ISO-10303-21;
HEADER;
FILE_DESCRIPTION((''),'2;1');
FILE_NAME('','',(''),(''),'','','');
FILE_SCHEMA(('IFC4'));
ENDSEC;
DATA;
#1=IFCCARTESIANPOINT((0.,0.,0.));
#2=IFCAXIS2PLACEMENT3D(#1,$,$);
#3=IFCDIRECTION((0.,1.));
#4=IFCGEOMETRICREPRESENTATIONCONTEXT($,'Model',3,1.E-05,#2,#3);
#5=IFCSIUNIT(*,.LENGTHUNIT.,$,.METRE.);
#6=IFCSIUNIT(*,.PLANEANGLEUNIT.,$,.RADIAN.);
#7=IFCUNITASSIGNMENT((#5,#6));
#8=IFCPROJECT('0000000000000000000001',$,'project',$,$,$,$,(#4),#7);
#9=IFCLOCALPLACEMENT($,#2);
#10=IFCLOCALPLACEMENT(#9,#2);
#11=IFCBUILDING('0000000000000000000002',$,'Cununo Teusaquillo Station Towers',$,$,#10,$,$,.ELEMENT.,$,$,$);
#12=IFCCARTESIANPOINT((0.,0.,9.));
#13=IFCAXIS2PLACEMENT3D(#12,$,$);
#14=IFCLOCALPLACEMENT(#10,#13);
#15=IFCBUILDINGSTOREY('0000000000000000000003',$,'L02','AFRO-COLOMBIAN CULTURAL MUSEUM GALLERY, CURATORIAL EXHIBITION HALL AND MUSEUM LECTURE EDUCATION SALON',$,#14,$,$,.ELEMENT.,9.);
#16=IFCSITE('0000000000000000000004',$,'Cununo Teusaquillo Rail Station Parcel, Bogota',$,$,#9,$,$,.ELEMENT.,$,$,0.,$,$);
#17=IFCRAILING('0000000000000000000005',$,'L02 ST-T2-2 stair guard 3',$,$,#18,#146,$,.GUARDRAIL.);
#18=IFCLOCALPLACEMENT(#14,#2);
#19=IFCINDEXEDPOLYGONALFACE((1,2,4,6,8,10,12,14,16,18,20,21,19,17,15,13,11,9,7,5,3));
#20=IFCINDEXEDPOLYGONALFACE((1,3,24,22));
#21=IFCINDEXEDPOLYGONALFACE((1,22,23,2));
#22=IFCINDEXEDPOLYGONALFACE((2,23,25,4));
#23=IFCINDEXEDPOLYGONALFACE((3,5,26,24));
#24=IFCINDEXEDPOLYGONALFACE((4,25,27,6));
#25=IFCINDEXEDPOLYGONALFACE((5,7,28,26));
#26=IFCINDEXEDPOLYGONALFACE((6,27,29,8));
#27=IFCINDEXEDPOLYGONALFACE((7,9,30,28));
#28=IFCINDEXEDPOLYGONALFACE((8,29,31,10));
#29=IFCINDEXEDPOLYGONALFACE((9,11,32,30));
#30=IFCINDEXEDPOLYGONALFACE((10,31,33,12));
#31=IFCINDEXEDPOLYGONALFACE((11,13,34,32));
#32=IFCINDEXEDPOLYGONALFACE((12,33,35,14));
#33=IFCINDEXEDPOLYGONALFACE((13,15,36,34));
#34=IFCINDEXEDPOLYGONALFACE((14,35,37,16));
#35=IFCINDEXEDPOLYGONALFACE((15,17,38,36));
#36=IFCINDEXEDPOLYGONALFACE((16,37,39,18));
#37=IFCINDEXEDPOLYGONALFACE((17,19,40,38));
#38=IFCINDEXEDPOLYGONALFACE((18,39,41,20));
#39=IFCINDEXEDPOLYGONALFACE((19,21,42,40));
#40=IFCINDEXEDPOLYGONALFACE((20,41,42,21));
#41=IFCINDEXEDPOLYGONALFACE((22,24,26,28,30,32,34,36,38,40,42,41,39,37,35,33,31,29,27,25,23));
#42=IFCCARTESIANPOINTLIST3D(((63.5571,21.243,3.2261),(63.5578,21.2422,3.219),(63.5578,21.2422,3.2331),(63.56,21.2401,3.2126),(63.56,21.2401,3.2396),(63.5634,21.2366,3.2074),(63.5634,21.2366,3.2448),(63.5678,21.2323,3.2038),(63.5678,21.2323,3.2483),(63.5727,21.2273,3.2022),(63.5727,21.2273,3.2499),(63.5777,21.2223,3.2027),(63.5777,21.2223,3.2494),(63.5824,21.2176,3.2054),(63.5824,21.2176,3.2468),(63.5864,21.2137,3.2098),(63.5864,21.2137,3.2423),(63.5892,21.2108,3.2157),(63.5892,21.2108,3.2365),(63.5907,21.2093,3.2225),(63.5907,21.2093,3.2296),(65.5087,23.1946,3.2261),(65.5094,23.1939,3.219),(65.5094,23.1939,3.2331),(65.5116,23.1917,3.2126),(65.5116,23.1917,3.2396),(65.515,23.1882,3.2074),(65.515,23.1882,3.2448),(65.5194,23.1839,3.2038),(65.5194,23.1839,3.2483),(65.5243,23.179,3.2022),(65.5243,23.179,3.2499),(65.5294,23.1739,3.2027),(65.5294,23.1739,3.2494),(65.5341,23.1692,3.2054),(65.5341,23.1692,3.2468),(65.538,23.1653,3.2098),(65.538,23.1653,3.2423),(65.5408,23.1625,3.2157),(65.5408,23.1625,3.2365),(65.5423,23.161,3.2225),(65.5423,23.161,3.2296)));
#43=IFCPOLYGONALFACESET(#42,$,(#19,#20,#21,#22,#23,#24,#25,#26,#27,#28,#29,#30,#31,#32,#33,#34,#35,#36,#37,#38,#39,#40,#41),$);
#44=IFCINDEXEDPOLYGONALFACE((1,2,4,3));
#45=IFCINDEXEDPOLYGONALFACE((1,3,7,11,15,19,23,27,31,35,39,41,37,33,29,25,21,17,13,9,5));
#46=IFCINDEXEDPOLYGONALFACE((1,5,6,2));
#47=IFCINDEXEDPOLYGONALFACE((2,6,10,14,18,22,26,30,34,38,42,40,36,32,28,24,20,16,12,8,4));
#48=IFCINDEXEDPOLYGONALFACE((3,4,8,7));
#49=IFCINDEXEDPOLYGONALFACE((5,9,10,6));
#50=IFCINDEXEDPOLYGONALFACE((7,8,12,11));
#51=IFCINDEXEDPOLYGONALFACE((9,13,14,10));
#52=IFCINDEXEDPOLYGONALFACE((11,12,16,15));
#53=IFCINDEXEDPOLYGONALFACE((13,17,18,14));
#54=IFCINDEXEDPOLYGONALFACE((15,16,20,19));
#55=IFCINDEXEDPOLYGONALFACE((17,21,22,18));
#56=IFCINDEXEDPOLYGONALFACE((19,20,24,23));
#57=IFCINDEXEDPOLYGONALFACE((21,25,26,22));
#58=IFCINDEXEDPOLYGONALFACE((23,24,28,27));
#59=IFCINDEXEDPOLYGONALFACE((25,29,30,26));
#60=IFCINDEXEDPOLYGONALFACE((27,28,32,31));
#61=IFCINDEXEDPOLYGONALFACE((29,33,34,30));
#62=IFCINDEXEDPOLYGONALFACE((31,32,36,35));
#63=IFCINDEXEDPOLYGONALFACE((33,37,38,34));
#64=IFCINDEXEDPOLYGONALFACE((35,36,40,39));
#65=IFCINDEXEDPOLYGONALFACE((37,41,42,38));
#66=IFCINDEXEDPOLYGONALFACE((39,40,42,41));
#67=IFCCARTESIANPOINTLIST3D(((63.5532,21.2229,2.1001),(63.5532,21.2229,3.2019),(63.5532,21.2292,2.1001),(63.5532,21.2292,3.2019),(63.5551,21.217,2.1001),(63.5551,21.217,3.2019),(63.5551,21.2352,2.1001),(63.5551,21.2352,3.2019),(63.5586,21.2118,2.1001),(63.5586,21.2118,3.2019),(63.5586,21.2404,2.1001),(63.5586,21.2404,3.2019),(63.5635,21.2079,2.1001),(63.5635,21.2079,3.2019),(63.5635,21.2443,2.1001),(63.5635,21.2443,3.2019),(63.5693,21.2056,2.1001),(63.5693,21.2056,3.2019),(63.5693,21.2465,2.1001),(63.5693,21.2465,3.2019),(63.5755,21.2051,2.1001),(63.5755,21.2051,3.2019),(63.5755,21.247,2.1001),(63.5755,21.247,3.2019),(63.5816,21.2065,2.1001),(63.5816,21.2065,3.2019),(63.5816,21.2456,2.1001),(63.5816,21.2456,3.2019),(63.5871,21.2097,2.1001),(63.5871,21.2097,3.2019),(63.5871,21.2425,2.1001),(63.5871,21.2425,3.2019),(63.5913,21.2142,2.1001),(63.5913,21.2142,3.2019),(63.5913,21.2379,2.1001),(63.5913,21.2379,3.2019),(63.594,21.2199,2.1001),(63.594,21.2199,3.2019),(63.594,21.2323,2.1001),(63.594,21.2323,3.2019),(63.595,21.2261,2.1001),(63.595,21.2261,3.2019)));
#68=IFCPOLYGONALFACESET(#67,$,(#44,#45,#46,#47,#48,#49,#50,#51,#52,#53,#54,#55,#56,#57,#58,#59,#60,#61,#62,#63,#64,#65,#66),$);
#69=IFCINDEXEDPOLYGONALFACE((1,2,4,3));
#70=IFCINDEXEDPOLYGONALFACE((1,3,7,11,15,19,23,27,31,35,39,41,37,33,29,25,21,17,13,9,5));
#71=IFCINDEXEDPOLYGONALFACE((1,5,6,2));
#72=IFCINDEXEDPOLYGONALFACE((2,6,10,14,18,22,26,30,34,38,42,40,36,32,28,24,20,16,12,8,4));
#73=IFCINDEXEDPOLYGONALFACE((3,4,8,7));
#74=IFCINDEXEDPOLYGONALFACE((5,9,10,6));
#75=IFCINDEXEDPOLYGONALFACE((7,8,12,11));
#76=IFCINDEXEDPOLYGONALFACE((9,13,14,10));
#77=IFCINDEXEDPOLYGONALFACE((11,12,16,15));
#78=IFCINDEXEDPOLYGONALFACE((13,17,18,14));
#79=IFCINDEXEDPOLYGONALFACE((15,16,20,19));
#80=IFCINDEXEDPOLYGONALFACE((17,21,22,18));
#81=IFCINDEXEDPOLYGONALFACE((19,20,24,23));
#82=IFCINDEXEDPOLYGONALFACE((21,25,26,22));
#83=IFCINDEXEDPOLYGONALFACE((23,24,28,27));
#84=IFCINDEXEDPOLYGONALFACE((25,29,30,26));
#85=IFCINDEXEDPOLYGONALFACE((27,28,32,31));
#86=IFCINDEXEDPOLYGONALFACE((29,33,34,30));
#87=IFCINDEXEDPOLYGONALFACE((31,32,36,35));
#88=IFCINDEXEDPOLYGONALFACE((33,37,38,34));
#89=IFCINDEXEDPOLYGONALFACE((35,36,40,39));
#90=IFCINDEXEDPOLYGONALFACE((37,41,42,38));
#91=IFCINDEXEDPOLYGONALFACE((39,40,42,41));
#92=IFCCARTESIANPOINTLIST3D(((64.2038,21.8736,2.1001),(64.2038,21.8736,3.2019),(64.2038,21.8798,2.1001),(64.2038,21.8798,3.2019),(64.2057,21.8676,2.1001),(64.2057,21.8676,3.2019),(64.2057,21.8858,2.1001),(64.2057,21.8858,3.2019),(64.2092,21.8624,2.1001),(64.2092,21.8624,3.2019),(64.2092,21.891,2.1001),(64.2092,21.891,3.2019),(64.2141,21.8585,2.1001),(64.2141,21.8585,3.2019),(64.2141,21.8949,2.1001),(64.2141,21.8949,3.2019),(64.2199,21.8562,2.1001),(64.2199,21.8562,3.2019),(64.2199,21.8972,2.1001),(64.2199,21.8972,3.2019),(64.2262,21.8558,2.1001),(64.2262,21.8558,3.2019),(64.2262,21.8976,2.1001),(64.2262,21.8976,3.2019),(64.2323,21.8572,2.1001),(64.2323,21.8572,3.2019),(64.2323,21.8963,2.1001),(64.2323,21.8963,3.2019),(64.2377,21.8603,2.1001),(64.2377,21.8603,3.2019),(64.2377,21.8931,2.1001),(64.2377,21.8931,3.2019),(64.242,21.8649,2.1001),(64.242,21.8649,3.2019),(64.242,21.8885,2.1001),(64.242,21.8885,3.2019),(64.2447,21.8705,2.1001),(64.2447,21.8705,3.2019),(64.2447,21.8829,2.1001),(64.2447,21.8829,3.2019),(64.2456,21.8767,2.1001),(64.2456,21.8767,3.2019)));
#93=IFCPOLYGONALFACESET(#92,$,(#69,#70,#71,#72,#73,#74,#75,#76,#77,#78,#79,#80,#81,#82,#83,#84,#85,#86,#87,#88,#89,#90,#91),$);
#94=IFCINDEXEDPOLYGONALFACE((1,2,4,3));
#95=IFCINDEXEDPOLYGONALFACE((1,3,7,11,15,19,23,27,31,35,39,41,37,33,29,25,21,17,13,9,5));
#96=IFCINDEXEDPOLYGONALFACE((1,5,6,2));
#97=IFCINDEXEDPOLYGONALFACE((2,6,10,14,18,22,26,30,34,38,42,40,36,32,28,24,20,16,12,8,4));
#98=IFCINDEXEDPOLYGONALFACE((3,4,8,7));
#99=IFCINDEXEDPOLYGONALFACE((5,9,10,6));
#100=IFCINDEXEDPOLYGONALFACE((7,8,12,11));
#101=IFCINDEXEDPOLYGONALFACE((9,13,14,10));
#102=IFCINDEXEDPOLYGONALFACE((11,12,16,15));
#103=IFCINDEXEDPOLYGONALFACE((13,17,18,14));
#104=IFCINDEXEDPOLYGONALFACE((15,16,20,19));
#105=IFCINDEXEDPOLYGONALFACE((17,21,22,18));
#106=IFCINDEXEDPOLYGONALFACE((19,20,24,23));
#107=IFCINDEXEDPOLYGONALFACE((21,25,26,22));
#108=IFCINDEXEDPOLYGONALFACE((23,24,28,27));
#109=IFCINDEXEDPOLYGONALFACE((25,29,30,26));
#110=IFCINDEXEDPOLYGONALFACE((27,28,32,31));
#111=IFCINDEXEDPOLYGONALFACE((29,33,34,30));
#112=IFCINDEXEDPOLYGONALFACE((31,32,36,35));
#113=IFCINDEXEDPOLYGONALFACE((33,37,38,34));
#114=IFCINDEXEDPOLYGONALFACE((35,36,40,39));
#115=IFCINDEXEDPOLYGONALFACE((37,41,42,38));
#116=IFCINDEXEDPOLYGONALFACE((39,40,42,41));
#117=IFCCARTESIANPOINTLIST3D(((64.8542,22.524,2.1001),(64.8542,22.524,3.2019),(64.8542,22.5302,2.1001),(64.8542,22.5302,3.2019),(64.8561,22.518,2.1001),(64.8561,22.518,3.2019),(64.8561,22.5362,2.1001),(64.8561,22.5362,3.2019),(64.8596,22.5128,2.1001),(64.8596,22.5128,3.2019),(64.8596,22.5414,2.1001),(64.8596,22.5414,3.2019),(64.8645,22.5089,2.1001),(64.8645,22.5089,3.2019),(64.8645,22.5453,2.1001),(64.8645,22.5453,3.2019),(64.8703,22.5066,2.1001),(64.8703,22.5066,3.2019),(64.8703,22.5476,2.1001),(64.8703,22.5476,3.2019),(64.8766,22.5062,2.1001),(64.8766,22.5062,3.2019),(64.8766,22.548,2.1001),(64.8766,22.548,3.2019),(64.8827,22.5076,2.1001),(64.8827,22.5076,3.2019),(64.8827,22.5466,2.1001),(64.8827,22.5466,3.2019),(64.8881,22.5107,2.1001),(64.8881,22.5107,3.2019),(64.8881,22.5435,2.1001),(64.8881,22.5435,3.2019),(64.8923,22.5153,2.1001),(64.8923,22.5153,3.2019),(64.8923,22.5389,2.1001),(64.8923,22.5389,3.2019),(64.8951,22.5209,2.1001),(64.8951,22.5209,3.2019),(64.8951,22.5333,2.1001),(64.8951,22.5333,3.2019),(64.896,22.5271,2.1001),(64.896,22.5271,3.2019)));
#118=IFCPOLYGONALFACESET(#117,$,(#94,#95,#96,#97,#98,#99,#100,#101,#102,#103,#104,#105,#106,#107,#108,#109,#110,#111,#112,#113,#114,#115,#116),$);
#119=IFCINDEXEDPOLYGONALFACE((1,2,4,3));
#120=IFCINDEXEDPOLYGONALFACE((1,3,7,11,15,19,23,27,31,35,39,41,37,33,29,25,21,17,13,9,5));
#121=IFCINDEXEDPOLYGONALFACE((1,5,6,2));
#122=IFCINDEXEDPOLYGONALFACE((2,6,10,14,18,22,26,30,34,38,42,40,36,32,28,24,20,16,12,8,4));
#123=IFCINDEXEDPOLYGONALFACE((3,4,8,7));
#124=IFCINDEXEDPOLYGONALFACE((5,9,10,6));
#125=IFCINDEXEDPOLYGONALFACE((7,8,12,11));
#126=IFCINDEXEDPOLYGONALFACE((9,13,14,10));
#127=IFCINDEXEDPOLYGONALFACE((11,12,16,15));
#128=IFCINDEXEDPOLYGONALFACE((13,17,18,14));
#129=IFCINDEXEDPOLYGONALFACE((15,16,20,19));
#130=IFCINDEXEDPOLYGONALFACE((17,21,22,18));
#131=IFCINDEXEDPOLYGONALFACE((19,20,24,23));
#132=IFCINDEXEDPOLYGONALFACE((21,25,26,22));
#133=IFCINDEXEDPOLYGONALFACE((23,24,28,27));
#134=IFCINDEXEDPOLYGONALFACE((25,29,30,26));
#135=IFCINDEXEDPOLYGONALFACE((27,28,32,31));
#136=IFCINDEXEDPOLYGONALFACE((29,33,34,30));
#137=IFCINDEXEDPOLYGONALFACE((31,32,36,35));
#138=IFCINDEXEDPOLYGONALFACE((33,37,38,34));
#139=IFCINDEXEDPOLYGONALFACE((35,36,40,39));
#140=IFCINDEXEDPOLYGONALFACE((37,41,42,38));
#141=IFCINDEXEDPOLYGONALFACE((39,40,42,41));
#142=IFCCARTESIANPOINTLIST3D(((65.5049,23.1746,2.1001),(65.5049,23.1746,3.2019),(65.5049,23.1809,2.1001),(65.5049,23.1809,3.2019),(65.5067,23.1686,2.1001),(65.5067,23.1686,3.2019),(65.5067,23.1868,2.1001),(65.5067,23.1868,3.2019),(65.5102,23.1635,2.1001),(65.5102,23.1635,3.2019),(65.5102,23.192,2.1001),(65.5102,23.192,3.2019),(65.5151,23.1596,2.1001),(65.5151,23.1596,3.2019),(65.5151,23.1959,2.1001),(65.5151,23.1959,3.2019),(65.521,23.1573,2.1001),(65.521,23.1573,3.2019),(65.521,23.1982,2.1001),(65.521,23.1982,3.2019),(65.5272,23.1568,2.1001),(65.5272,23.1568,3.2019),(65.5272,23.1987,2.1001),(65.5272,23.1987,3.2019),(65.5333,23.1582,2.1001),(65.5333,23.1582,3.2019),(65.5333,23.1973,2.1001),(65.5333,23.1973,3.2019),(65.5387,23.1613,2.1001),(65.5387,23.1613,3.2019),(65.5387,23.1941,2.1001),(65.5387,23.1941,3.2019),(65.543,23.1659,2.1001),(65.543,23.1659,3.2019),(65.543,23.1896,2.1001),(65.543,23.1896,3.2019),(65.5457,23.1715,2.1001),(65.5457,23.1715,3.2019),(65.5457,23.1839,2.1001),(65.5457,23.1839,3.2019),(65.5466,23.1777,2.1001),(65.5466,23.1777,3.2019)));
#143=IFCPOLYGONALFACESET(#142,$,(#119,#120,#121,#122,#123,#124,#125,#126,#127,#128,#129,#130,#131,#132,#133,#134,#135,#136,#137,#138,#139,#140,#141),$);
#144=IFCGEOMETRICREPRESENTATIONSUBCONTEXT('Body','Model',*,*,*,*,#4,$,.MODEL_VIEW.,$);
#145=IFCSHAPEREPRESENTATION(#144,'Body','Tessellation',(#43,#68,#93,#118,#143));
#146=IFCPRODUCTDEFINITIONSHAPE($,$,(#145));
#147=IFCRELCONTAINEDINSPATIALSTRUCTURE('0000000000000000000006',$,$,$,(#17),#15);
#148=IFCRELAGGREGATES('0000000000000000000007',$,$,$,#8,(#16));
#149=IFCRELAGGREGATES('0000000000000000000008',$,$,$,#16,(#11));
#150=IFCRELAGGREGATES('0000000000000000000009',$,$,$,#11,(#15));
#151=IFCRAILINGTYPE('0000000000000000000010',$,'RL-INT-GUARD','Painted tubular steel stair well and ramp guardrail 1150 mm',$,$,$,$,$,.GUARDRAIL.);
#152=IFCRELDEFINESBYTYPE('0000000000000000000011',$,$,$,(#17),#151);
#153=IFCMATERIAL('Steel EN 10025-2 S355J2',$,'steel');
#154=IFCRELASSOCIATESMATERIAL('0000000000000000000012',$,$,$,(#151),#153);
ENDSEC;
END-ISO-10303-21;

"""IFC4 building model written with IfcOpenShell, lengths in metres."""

from ifc_helpers import new_model, si_unit, direction, frame, origin, origin_2d, place, context, subcontext, project, spatial, circle, extrude, material, type_object, element, save


model = new_model("IFC4")

# Units and contexts
model_context = context("Model", 3, precision=1e-05, world=origin(), true_north=direction((0.0, 1.0)))
body_context = subcontext(model_context, "Body", "Model", "MODEL_VIEW")
ifc_project = project(units=[si_unit("LENGTHUNIT", "METRE"), si_unit("PLANEANGLEUNIT", "RADIAN")], contexts=[model_context])

# Site, building, storey
site_placement = place(None, origin())
site = spatial("IfcSite", under=ifc_project, at=site_placement, Name="Cununo Teusaquillo Rail Station Parcel, Bogota", CompositionType="ELEMENT", RefElevation=0.0)
building_placement = place(site_placement, origin())
building = spatial("IfcBuilding", under=site, at=building_placement, Name="Cununo Teusaquillo Station Towers", CompositionType="ELEMENT")
storey_placement = place(building_placement, frame((0.0, 0.0, 9.0)))
storey = spatial("IfcBuildingStorey", under=building, at=storey_placement, Name="L02", Description="AFRO-COLOMBIAN CULTURAL MUSEUM GALLERY, CURATORIAL EXHIBITION HALL AND MUSEUM LECTURE EDUCATION SALON", CompositionType="ELEMENT", Elevation=9.0)

# Railing
ifc_material_1 = material(Name="Steel EN 10025-2 S355J2", Category="steel")
railing_type_1 = type_object("IfcRailingType", Name="RL-INT-GUARD", Description="Painted tubular steel stair well and ramp guardrail 1150 mm", PredefinedType="GUARDRAIL", material=ifc_material_1)
railing_1_placement = place(storey_placement, frame((63.574, 21.2261, 2.1001)))
element("IfcRailing", 1, at=railing_1_placement, inside=storey, type_object=railing_type_1, Name="L02 ST-T2-2 stair guard 3", PredefinedType="GUARDRAIL", context=body_context, shape_type="SweptSolid", body=[
    extrude(circle(Radius=0.0239, at=origin_2d()), frame((0.0, 0.0, 1.126), z_axis=(0.707107, 0.707107, 0.0), x_axis=(-0.707107, 0.707107, 0.0)), (0.0, 0.0, 1.0), 2.76),
    extrude(circle(Radius=0.021, at=origin_2d()), origin(), (0.0, 0.0, 1.0), 1.1018),
    extrude(circle(Radius=0.021, at=origin_2d()), frame((0.6506, 0.6506, 0.0)), (0.0, 0.0, 1.0), 1.1018),
    extrude(circle(Radius=0.021, at=origin_2d()), frame((1.301, 1.301, 0.0)), (0.0, 0.0, 1.0), 1.1018),
    extrude(circle(Radius=0.021, at=origin_2d()), frame((1.9517, 1.9517, 0.0)), (0.0, 0.0, 1.0), 1.1018),
])

save(model, "model.ifc")
